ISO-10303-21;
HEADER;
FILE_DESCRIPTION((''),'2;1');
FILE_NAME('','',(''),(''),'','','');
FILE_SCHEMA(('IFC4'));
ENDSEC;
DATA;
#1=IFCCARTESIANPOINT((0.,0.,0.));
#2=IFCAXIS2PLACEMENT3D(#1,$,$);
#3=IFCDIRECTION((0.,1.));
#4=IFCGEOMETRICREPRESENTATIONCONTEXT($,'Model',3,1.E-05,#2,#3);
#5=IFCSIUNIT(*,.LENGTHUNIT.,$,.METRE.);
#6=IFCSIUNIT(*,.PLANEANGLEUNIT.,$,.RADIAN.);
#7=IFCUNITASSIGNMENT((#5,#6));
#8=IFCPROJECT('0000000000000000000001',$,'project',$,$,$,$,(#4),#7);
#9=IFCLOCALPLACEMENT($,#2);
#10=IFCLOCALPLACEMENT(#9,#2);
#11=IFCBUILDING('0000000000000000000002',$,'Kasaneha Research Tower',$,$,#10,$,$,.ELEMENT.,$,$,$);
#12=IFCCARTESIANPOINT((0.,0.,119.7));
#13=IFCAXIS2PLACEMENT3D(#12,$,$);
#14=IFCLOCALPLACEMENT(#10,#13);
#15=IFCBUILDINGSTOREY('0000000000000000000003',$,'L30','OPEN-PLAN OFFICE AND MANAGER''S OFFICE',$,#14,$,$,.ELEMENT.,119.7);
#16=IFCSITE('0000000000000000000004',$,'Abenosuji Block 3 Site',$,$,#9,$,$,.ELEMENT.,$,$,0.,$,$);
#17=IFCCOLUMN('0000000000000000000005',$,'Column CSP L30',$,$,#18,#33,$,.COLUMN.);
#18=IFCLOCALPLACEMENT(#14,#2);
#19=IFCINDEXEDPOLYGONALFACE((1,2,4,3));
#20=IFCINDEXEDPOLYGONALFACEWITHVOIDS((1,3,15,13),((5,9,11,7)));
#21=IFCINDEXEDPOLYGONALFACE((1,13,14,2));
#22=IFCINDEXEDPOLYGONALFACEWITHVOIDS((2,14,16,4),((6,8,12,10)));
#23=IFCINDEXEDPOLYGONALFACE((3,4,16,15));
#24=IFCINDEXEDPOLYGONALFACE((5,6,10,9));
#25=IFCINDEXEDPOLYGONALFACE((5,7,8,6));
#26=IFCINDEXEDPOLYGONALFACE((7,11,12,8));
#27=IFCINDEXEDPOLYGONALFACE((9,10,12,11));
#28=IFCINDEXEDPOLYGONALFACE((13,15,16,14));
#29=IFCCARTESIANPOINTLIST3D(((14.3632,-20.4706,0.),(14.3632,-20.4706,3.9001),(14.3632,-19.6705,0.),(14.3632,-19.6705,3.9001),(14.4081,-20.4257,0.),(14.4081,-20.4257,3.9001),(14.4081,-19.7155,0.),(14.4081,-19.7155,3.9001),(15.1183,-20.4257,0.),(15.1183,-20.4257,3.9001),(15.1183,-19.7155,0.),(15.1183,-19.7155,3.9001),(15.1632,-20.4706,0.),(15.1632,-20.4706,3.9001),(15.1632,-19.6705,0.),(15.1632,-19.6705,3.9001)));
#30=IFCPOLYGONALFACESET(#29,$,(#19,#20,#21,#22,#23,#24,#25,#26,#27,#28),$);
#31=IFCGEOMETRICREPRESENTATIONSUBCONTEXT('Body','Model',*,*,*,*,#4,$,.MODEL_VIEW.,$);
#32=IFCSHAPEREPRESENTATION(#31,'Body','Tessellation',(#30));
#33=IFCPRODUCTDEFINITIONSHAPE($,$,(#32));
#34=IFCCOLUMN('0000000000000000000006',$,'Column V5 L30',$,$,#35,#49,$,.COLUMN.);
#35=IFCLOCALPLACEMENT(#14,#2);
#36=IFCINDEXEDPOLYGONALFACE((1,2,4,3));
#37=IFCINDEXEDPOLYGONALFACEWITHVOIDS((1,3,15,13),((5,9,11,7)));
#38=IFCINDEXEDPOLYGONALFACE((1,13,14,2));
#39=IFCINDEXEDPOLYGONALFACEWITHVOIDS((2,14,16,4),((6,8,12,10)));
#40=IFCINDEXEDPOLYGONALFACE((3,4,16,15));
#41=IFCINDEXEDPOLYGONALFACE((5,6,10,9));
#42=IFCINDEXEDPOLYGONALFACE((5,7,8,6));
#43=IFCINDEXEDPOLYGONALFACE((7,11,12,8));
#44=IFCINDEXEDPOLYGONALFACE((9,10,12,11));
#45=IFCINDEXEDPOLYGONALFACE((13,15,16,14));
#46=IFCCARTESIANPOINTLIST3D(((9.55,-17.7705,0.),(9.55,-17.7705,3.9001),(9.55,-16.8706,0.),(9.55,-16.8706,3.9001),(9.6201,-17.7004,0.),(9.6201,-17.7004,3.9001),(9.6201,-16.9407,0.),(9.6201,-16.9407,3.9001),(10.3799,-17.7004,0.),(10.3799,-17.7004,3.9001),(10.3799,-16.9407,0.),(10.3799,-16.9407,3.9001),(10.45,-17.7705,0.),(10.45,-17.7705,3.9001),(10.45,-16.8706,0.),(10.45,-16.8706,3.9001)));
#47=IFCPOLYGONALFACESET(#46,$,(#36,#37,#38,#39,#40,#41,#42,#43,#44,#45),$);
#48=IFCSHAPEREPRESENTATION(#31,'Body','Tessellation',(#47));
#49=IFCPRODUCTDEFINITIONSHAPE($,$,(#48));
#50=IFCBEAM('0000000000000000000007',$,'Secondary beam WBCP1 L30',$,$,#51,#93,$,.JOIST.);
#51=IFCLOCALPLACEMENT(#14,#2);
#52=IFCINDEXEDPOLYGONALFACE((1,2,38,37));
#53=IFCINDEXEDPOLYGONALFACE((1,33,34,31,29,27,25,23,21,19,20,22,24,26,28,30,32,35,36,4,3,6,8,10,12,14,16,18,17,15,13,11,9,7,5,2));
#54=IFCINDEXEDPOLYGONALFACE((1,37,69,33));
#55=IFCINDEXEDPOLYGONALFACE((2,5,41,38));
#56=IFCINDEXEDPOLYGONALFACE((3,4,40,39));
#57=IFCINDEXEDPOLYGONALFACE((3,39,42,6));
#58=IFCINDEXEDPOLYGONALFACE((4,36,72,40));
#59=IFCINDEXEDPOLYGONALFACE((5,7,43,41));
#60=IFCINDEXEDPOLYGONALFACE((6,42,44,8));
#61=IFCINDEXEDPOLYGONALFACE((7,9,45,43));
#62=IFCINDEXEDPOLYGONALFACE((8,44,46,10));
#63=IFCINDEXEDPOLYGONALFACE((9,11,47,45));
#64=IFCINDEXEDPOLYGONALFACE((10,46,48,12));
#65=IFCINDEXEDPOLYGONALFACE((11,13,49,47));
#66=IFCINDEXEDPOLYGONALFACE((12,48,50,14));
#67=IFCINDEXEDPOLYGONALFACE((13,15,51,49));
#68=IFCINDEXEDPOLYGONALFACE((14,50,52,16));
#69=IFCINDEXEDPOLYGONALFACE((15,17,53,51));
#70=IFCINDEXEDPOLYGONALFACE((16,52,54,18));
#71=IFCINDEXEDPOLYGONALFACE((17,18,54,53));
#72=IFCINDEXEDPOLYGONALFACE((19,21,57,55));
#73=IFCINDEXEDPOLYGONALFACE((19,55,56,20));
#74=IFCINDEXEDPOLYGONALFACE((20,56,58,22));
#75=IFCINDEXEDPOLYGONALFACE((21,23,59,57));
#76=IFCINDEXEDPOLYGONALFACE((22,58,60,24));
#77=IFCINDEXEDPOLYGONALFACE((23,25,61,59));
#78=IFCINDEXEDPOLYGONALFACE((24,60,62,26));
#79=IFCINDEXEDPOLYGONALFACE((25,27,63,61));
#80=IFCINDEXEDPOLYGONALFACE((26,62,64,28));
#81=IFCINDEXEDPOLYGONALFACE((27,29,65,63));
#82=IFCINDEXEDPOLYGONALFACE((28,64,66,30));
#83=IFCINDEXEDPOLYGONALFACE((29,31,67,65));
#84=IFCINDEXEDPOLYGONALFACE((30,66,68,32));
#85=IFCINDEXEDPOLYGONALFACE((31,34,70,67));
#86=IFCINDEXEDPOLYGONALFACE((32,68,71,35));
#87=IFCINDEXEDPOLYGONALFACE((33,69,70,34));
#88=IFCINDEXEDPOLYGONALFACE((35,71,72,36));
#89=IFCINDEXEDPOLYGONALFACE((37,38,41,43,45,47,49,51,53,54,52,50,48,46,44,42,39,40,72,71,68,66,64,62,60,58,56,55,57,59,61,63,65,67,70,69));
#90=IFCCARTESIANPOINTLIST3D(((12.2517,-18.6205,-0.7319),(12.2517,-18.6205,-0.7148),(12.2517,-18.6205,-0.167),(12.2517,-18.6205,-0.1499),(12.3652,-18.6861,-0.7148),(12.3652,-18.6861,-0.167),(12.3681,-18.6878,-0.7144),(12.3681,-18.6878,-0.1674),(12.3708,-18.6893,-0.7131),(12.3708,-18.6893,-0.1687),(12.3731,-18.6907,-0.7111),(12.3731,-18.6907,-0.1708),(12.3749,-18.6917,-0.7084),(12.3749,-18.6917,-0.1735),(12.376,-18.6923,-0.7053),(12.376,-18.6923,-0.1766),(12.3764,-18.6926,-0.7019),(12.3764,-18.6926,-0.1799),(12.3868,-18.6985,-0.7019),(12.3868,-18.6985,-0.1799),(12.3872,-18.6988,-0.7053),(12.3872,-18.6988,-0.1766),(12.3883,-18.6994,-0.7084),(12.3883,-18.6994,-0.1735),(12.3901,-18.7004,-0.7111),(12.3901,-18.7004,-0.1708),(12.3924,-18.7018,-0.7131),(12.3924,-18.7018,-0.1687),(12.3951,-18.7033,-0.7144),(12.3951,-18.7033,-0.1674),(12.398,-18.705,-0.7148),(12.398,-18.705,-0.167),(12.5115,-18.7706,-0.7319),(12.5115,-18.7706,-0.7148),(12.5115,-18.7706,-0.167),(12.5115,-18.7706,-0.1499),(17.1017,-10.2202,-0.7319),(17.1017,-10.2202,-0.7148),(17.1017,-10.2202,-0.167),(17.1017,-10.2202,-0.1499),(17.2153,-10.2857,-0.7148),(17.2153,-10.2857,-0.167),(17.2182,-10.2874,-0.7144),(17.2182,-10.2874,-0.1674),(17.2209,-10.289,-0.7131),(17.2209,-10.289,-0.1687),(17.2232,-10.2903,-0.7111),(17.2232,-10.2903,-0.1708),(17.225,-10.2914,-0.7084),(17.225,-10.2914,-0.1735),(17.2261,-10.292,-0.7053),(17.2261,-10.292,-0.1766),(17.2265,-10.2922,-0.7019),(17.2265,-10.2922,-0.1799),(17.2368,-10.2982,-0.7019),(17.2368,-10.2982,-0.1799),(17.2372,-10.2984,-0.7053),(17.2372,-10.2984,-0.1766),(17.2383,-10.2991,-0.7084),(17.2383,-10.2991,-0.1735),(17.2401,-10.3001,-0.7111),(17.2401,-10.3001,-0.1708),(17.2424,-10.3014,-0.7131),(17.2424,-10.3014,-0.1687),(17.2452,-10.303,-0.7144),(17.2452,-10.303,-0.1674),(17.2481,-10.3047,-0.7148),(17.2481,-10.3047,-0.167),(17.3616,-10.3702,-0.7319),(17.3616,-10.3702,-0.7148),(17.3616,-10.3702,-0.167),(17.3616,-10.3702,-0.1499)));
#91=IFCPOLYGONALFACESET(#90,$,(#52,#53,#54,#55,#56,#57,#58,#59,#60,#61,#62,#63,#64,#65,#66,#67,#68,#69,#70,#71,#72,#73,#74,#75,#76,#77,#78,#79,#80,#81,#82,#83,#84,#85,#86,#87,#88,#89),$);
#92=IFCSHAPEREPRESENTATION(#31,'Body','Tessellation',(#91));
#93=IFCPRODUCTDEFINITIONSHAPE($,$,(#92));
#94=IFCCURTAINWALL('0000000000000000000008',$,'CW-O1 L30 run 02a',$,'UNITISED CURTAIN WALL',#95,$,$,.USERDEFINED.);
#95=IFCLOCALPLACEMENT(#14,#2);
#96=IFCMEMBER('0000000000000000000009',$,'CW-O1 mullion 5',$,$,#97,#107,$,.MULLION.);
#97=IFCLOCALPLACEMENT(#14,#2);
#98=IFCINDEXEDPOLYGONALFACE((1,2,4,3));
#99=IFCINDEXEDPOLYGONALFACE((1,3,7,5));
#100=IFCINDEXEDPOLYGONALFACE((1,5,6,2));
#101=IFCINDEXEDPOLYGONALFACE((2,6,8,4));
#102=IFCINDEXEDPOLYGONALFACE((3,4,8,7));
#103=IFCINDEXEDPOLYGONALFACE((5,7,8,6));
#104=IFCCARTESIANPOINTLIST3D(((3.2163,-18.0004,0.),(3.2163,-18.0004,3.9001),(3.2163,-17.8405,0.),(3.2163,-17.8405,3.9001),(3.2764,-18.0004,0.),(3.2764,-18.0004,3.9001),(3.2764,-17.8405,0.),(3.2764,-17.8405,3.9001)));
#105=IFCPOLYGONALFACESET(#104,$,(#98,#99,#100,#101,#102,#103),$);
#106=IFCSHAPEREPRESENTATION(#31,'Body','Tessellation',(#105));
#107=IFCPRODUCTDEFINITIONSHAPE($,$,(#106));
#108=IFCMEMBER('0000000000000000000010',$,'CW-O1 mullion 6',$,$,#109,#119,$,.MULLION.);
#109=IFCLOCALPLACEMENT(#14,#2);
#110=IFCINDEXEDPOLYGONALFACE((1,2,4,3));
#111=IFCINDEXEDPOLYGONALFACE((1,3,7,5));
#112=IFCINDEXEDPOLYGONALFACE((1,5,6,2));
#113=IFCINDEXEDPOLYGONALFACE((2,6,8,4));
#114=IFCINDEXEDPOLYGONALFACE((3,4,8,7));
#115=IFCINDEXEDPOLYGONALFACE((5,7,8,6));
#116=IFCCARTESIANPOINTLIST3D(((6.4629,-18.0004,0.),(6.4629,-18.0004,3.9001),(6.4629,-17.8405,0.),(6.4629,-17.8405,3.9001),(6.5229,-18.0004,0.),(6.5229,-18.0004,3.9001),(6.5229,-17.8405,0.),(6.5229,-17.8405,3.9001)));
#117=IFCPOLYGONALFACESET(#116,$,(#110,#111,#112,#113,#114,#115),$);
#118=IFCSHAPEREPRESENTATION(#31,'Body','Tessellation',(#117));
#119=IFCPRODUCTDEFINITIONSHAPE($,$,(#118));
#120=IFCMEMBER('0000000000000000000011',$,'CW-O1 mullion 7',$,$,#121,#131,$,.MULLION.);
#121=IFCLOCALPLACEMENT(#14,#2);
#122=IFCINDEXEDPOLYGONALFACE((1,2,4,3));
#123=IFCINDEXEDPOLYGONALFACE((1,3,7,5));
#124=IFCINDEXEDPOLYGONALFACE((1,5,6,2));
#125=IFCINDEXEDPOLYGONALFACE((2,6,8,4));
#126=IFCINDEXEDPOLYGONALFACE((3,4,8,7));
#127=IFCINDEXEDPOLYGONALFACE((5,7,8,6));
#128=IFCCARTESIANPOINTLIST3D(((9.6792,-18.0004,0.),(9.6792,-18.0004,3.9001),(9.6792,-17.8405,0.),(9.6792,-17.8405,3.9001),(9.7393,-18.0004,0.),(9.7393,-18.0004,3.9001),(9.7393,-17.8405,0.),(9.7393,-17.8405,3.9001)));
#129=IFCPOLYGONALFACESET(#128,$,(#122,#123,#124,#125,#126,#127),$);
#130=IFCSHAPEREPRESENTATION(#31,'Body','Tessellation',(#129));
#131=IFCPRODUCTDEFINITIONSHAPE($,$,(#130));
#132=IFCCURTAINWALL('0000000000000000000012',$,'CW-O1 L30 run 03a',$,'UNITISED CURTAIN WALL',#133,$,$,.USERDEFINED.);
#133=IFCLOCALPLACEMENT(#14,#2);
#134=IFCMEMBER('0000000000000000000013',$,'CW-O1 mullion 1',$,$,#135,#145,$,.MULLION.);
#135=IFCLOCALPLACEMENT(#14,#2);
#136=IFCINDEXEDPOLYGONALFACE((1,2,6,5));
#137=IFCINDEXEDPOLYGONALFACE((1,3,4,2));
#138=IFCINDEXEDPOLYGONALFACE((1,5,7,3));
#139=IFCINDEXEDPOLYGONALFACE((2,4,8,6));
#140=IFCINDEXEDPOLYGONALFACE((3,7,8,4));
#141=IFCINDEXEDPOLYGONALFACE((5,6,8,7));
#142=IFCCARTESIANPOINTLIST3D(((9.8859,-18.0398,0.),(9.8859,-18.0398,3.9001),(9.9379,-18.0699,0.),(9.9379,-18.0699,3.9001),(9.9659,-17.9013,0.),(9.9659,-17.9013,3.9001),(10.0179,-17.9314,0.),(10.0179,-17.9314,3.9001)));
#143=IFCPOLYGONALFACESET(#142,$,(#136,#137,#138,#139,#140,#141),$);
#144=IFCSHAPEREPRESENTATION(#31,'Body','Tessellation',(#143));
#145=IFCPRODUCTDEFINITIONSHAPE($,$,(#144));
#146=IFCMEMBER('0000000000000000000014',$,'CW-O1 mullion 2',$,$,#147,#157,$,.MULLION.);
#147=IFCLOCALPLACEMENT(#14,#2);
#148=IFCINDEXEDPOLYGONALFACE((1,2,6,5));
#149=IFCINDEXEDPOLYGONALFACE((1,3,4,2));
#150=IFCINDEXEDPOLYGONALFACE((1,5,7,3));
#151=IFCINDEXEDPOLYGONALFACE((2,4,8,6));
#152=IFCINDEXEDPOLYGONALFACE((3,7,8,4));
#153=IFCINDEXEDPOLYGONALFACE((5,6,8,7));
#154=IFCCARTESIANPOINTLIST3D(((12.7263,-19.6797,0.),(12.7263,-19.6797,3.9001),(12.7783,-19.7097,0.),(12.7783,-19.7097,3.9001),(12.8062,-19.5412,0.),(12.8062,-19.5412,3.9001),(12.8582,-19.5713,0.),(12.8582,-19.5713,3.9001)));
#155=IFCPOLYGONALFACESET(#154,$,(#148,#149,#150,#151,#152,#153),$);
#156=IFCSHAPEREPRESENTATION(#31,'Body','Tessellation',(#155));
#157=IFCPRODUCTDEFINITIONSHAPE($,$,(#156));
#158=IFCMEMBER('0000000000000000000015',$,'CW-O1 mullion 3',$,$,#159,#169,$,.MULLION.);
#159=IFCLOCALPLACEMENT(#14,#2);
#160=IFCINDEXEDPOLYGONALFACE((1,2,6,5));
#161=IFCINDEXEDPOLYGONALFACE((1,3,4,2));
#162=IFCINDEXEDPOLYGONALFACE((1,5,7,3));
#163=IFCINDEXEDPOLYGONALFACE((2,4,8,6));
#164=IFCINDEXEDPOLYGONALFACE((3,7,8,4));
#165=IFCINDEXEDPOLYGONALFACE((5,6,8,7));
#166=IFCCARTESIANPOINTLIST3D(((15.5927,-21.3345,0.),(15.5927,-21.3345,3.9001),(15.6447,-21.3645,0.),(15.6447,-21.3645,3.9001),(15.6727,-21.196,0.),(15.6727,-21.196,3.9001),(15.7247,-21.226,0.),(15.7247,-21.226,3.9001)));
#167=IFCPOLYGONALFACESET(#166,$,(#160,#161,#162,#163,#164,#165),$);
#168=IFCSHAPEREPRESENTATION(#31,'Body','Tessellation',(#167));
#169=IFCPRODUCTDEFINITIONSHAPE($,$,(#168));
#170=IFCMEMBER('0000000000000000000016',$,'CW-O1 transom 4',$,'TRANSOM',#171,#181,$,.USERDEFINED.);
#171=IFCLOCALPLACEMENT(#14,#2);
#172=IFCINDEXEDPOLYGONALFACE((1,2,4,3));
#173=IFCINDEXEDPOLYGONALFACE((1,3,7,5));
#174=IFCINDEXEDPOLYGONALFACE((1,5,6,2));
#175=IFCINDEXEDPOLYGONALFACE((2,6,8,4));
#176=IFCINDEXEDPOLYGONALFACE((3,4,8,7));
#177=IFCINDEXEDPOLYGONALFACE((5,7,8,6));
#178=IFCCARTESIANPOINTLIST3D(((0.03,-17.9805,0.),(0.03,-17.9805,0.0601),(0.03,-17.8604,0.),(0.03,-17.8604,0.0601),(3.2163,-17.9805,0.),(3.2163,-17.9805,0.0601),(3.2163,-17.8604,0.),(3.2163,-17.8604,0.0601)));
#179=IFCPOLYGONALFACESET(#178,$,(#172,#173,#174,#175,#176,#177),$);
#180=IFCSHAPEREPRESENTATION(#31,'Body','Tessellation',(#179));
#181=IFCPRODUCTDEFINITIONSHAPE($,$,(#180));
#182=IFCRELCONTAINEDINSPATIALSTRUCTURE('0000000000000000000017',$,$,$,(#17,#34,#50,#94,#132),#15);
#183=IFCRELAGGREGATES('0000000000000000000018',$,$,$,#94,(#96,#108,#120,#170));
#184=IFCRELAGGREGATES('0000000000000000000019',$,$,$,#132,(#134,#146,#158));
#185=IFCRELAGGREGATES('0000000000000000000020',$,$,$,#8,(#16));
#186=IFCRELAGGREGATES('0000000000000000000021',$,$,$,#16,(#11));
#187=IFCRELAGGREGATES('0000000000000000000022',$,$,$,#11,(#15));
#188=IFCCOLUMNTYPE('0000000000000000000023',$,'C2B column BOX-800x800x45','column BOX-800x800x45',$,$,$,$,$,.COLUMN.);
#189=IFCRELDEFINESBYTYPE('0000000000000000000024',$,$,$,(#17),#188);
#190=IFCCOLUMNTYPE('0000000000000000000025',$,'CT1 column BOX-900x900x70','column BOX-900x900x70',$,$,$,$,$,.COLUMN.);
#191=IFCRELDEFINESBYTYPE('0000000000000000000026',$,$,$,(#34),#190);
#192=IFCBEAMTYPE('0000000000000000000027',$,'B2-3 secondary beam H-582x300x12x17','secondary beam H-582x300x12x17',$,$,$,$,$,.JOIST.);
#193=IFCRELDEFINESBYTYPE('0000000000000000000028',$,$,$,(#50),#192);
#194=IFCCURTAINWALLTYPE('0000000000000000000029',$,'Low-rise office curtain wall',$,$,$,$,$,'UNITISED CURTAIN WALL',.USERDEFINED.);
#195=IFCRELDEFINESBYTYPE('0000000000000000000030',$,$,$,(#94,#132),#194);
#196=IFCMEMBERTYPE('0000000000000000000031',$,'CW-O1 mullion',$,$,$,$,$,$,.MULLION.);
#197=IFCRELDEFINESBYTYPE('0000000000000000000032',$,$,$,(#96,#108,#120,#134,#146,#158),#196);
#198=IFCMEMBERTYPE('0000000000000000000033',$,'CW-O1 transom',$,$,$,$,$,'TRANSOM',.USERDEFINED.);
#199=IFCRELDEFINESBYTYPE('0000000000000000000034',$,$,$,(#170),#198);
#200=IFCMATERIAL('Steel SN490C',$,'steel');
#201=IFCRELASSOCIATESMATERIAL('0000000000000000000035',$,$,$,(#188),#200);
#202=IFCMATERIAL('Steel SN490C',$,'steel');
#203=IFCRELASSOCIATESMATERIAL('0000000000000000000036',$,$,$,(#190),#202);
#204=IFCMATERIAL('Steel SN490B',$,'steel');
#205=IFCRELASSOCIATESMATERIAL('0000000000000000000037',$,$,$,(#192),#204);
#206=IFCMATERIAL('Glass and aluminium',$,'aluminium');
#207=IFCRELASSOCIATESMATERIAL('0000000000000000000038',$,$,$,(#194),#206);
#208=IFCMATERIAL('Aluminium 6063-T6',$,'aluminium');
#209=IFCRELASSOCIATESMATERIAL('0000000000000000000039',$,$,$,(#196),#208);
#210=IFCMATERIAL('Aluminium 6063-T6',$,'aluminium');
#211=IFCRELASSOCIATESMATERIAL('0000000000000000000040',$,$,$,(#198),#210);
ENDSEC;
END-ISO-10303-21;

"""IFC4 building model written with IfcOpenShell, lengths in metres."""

from ifc_helpers import new_model, si_unit, direction, frame, origin, origin_2d, place, context, subcontext, project, spatial, rectangle, hollow_rectangle, i_section, extrude, material, material_profile, profile_set, type_object, element, aggregate, save


model = new_model("IFC4")

# Units and contexts
model_context = context("Model", 3, precision=1e-05, world=origin(), true_north=direction((0.0, 1.0)))
body_context = subcontext(model_context, "Body", "Model", "MODEL_VIEW")
ifc_project = project(units=[si_unit("LENGTHUNIT", "METRE"), si_unit("PLANEANGLEUNIT", "RADIAN")], contexts=[model_context])

# Site, building, storey
site_placement = place(None, origin())
site = spatial("IfcSite", under=ifc_project, at=site_placement, Name="Abenosuji Block 3 Site", CompositionType="ELEMENT", RefElevation=0.0)
building_placement = place(site_placement, origin())
building = spatial("IfcBuilding", under=site, at=building_placement, Name="Kasaneha Research Tower", CompositionType="ELEMENT")
storey_placement = place(building_placement, frame((0.0, 0.0, 119.7)))
storey = spatial("IfcBuildingStorey", under=building, at=storey_placement, Name="L30", Description="OPEN-PLAN OFFICE AND MANAGER'S OFFICE", CompositionType="ELEMENT", Elevation=119.7)

# Columns
ifc_material_1 = material(Name="Steel SN490C", Category="steel")
ifc_material_profile_1 = material_profile(ifc_material_1, hollow_rectangle(XDim=0.8, YDim=0.8, WallThickness=0.0449, at=origin_2d()), Name="BOX-800x800x45")
ifc_profile_set_1 = profile_set([ifc_material_profile_1], Name="Steel SN490C")
column_type_1 = type_object("IfcColumnType", Name="C2B column BOX-800x800x45", Description="column BOX-800x800x45", PredefinedType="COLUMN", material=ifc_profile_set_1)
column_1_placement = place(storey_placement, frame((14.7632, -20.0706, 0.0), z_axis=(0.0, 0.0, 1.0), x_axis=(1.0, 0.0, 0.0)))
element("IfcColumn", 1, at=column_1_placement, inside=storey, type_object=column_type_1, Name="Column CSP L30", PredefinedType="COLUMN", context=body_context, shape_type="SweptSolid", body=[
    extrude(hollow_rectangle(XDim=0.8, YDim=0.8, WallThickness=0.0449, at=origin_2d()), origin(), (0.0, 0.0, 1.0), 3.9001),
])
ifc_material_2 = material(Name="Steel SN490C", Category="steel")
ifc_material_profile_2 = material_profile(ifc_material_2, hollow_rectangle(XDim=0.8999, YDim=0.8999, WallThickness=0.0701, at=origin_2d()), Name="BOX-900x900x70")
ifc_profile_set_2 = profile_set([ifc_material_profile_2], Name="Steel SN490C")
column_type_2 = type_object("IfcColumnType", Name="CT1 column BOX-900x900x70", Description="column BOX-900x900x70", PredefinedType="COLUMN", material=ifc_profile_set_2)
column_2_placement = place(storey_placement, frame((10.0, -17.3206, 0.0), z_axis=(0.0, 0.0, 1.0), x_axis=(1.0, 0.0, 0.0)))
element("IfcColumn", 2, at=column_2_placement, inside=storey, type_object=column_type_2, Name="Column V5 L30", PredefinedType="COLUMN", context=body_context, shape_type="SweptSolid", body=[
    extrude(hollow_rectangle(XDim=0.8999, YDim=0.8999, WallThickness=0.0701, at=origin_2d()), origin(), (0.0, 0.0, 1.0), 3.9001),
])

# Beam
ifc_material_3 = material(Name="Steel SN490B", Category="steel")
ifc_material_profile_3 = material_profile(ifc_material_3, i_section(OverallWidth=0.3, OverallDepth=0.582, WebThickness=0.012, FlangeThickness=0.0171, FilletRadius=0.0129, at=origin_2d()), Name="H-582x300x12x17")
ifc_profile_set_3 = profile_set([ifc_material_profile_3], Name="Steel SN490B")
beam_type_1 = type_object("IfcBeamType", Name="B2-3 secondary beam H-582x300x12x17", Description="secondary beam H-582x300x12x17", PredefinedType="JOIST", material=ifc_profile_set_3)
beam_1_placement = place(storey_placement, frame((12.3816, -18.6956, -0.4409), z_axis=(0.50001, 0.86602, 0.0), x_axis=(-0.86602, 0.50001, 0.0)))
element("IfcBeam", 3, at=beam_1_placement, inside=storey, type_object=beam_type_1, Name="Secondary beam WBCP1 L30", PredefinedType="JOIST", context=body_context, shape_type="SweptSolid", body=[
    extrude(i_section(OverallWidth=0.3, OverallDepth=0.582, WebThickness=0.012, FlangeThickness=0.0171, FilletRadius=0.0129, at=origin_2d()), origin(), (0.0, 0.0, 1.0), 9.7),
])

# Curtain walls, members
ifc_material_4 = material(Name="Glass and aluminium", Category="aluminium")
curtain_wall_type = type_object("IfcCurtainWallType", Name="Low-rise office curtain wall", ElementType="UNITISED CURTAIN WALL", PredefinedType="USERDEFINED", material=ifc_material_4)
curtain_wall_1_placement = place(storey_placement, origin())
curtain_wall_1 = element("IfcCurtainWall", 4, at=curtain_wall_1_placement, inside=storey, type_object=curtain_wall_type, Name="CW-O1 L30 run 02a", ObjectType="UNITISED CURTAIN WALL", PredefinedType="USERDEFINED")
ifc_material_5 = material(Name="Aluminium 6063-T6", Category="aluminium")
ifc_material_profile_4 = material_profile(ifc_material_5, rectangle(XDim=0.0601, YDim=0.1599, at=origin_2d()), Name="CW-O1 mullion 60x160")
ifc_profile_set_4 = profile_set([ifc_material_profile_4], Name="Aluminium 6063-T6")
member_type_1 = type_object("IfcMemberType", Name="CW-O1 mullion", PredefinedType="MULLION", material=ifc_profile_set_4)
member_1_placement = place(storey_placement, frame((3.2463, -17.9204, 0.0), z_axis=(0.0, 0.0, 1.0), x_axis=(1.0, 0.0, 0.0)))
member_1 = element("IfcMember", 5, at=member_1_placement, type_object=member_type_1, Name="CW-O1 mullion 5", PredefinedType="MULLION", context=body_context, shape_type="SweptSolid", body=[
    extrude(rectangle(XDim=0.0601, YDim=0.1599, at=origin_2d()), origin(), (0.0, 0.0, 1.0), 3.9001),
])
member_2_placement = place(storey_placement, frame((6.4929, -17.9204, 0.0), z_axis=(0.0, 0.0, 1.0), x_axis=(1.0, 0.0, 0.0)))
member_2 = element("IfcMember", 6, at=member_2_placement, type_object=member_type_1, Name="CW-O1 mullion 6", PredefinedType="MULLION", context=body_context, shape_type="SweptSolid", body=[
    extrude(rectangle(XDim=0.0601, YDim=0.1599, at=origin_2d()), origin(), (0.0, 0.0, 1.0), 3.9001),
])
member_3_placement = place(storey_placement, frame((9.7092, -17.9204, 0.0), z_axis=(0.0, 0.0, 1.0), x_axis=(1.0, 0.0, 0.0)))
member_3 = element("IfcMember", 7, at=member_3_placement, type_object=member_type_1, Name="CW-O1 mullion 7", PredefinedType="MULLION", context=body_context, shape_type="SweptSolid", body=[
    extrude(rectangle(XDim=0.0601, YDim=0.1599, at=origin_2d()), origin(), (0.0, 0.0, 1.0), 3.9001),
])
curtain_wall_2_placement = place(storey_placement, origin())
curtain_wall_2 = element("IfcCurtainWall", 8, at=curtain_wall_2_placement, inside=storey, type_object=curtain_wall_type, Name="CW-O1 L30 run 03a", ObjectType="UNITISED CURTAIN WALL", PredefinedType="USERDEFINED")
member_4_placement = place(storey_placement, frame((9.9519, -17.9856, 0.0), z_axis=(0.0, 0.0, 1.0), x_axis=(0.866025, -0.5, 0.0)))
member_4 = element("IfcMember", 9, at=member_4_placement, type_object=member_type_1, Name="CW-O1 mullion 1", PredefinedType="MULLION", context=body_context, shape_type="SweptSolid", body=[
    extrude(rectangle(XDim=0.0601, YDim=0.1599, at=origin_2d()), origin(), (0.0, 0.0, 1.0), 3.9001),
])
member_5_placement = place(storey_placement, frame((12.7922, -19.6255, 0.0), z_axis=(0.0, 0.0, 1.0), x_axis=(0.866025, -0.5, 0.0)))
member_5 = element("IfcMember", 10, at=member_5_placement, type_object=member_type_1, Name="CW-O1 mullion 2", PredefinedType="MULLION", context=body_context, shape_type="SweptSolid", body=[
    extrude(rectangle(XDim=0.0601, YDim=0.1599, at=origin_2d()), origin(), (0.0, 0.0, 1.0), 3.9001),
])
member_6_placement = place(storey_placement, frame((15.6587, -21.2803, 0.0), z_axis=(0.0, 0.0, 1.0), x_axis=(0.866025, -0.5, 0.0)))
member_6 = element("IfcMember", 11, at=member_6_placement, type_object=member_type_1, Name="CW-O1 mullion 3", PredefinedType="MULLION", context=body_context, shape_type="SweptSolid", body=[
    extrude(rectangle(XDim=0.0601, YDim=0.1599, at=origin_2d()), origin(), (0.0, 0.0, 1.0), 3.9001),
])

# Member
ifc_material_6 = material(Name="Aluminium 6063-T6", Category="aluminium")
ifc_material_profile_5 = material_profile(ifc_material_6, rectangle(XDim=0.1201, YDim=0.0601, at=origin_2d()), Name="CW-O1 transom 120x60")
ifc_profile_set_5 = profile_set([ifc_material_profile_5], Name="Aluminium 6063-T6")
member_type_2 = type_object("IfcMemberType", Name="CW-O1 transom", ElementType="TRANSOM", PredefinedType="USERDEFINED", material=ifc_profile_set_5)
member_7_placement = place(storey_placement, frame((0.03, -17.9204, 0.03), z_axis=(1.0, 0.0, 0.0), x_axis=(0.0, 1.0, 0.0)))
member_7 = element("IfcMember", 12, at=member_7_placement, type_object=member_type_2, Name="CW-O1 transom 4", ObjectType="TRANSOM", PredefinedType="USERDEFINED", context=body_context, shape_type="SweptSolid", body=[
    extrude(rectangle(XDim=0.1201, YDim=0.0601, at=origin_2d()), origin(), (0.0, 0.0, 1.0), 3.1863),
])

aggregate(curtain_wall_1, [member_1, member_2, member_3, member_7])
aggregate(curtain_wall_2, [member_4, member_5, member_6])

save(model, "model.ifc")
